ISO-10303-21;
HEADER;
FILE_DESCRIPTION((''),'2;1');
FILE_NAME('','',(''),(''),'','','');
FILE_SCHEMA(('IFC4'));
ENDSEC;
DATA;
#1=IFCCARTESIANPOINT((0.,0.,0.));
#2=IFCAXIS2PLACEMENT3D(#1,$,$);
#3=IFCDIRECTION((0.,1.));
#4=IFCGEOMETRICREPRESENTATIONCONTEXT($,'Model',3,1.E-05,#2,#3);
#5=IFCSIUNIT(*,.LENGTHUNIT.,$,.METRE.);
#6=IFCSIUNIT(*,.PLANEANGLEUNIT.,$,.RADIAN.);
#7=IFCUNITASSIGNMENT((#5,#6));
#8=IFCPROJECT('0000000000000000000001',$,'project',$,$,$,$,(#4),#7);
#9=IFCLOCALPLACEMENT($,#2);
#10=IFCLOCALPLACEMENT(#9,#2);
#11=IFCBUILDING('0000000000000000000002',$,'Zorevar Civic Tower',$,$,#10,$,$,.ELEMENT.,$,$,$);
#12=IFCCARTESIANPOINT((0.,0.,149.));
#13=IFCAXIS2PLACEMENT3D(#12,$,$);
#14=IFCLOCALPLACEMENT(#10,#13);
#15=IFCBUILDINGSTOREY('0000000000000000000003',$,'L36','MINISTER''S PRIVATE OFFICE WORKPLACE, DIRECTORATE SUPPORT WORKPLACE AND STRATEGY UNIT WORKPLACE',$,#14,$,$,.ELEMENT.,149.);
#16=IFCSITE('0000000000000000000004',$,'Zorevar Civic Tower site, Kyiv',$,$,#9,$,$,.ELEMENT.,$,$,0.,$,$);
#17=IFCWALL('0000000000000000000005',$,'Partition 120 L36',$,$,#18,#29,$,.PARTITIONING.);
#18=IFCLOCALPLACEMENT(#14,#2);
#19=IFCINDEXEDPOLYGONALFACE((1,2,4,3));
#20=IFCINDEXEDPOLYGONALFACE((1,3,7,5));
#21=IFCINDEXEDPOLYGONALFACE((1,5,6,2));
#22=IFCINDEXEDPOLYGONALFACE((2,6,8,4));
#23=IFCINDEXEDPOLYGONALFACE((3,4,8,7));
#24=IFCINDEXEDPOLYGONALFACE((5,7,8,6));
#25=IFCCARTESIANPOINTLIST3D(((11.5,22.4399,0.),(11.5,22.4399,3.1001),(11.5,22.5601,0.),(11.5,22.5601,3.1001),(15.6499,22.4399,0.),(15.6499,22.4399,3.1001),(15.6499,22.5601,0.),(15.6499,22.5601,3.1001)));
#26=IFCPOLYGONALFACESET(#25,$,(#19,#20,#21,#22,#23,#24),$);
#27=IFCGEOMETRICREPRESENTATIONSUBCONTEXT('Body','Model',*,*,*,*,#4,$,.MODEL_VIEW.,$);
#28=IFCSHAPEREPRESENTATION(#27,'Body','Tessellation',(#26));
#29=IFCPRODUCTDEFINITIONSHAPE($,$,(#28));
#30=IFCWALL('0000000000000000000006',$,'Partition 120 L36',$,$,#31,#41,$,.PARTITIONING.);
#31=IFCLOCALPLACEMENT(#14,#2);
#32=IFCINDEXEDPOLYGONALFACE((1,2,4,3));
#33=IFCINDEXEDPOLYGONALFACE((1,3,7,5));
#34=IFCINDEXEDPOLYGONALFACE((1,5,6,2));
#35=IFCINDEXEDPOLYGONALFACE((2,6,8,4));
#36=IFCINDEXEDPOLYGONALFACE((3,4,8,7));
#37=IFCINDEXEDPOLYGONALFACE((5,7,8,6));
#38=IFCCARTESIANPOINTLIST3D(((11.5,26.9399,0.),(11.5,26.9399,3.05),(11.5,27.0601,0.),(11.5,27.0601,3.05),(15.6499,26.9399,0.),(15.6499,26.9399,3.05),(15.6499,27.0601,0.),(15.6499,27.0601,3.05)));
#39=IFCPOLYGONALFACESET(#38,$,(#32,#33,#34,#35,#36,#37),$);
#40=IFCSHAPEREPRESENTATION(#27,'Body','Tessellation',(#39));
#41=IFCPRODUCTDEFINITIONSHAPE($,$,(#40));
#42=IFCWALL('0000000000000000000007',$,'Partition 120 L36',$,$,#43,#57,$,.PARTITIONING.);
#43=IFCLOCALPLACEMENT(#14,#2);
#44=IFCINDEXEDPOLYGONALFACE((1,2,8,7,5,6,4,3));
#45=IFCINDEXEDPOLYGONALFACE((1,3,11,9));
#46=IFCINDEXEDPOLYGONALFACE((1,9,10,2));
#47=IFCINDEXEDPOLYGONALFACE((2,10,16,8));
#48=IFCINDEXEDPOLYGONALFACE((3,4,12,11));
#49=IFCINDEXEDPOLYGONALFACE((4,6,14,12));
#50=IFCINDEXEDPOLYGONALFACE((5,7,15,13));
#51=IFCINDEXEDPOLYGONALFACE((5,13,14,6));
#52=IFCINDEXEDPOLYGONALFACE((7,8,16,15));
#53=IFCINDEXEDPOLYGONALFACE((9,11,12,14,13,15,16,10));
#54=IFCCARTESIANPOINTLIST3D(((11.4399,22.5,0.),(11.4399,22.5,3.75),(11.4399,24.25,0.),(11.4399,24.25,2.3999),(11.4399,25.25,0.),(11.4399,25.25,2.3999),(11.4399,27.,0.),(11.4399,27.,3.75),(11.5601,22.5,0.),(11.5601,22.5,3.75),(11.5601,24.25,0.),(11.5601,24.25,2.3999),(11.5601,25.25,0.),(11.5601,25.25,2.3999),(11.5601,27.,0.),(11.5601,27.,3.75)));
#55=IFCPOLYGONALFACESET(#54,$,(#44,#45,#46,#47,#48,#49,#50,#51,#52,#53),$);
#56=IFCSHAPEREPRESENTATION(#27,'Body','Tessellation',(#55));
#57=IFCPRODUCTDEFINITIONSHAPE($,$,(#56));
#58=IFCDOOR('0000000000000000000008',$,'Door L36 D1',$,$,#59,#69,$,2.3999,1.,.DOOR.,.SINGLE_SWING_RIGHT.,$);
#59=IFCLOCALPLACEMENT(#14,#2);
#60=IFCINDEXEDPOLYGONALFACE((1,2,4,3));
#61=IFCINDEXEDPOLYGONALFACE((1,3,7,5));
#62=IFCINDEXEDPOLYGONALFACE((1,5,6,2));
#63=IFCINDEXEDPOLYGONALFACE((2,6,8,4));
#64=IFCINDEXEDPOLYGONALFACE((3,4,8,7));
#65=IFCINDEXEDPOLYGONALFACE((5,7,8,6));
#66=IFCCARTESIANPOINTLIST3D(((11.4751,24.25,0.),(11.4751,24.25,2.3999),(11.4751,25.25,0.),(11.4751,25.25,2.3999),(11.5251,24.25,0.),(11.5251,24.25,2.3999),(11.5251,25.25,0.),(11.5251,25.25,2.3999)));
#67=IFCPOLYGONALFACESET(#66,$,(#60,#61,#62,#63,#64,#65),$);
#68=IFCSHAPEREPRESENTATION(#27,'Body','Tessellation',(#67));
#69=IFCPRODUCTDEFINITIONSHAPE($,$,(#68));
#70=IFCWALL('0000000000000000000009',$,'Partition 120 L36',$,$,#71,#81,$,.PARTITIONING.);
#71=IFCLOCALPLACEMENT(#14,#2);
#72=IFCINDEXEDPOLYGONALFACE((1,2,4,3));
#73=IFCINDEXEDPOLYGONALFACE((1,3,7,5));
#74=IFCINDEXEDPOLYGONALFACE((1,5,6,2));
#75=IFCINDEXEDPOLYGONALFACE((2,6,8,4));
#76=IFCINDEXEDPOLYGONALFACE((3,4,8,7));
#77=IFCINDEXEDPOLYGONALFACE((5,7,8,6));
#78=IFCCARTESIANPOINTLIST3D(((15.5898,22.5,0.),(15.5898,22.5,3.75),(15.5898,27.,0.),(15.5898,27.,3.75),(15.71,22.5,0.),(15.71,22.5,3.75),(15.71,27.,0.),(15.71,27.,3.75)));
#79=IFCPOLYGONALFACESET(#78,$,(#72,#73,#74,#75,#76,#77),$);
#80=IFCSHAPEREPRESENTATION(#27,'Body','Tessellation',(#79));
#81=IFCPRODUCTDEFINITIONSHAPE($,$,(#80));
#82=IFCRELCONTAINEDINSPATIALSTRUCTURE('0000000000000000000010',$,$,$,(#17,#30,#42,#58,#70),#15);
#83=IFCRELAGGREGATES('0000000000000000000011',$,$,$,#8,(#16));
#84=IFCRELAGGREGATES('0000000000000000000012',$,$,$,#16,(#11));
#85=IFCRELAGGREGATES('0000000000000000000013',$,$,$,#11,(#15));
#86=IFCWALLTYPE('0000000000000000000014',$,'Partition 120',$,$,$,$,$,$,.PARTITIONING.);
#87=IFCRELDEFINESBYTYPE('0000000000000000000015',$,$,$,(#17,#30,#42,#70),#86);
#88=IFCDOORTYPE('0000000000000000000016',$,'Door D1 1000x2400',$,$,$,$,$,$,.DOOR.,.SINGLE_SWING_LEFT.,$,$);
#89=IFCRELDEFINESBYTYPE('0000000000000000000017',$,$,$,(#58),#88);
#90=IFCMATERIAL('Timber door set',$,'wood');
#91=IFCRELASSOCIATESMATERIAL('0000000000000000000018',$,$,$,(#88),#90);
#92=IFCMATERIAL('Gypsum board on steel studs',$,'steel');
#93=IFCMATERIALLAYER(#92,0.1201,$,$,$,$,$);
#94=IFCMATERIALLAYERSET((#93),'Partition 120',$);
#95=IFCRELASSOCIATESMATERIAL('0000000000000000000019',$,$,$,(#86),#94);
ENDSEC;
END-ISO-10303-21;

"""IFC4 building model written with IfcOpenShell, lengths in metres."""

from ifc_helpers import new_model, si_unit, direction, frame, frame_2d, origin, place, context, subcontext, project, spatial, rectangle, extrude, material, layer, layer_set, type_object, element, fill, save


model = new_model("IFC4")

# Units and contexts
model_context = context("Model", 3, precision=1e-05, world=origin(), true_north=direction((0.0, 1.0)))
body_context = subcontext(model_context, "Body", "Model", "MODEL_VIEW")
ifc_project = project(units=[si_unit("LENGTHUNIT", "METRE"), si_unit("PLANEANGLEUNIT", "RADIAN")], contexts=[model_context])

# Site, building, storey
site_placement = place(None, origin())
site = spatial("IfcSite", under=ifc_project, at=site_placement, Name="Zorevar Civic Tower site, Kyiv", CompositionType="ELEMENT", RefElevation=0.0)
building_placement = place(site_placement, origin())
building = spatial("IfcBuilding", under=site, at=building_placement, Name="Zorevar Civic Tower", CompositionType="ELEMENT")
storey_placement = place(building_placement, frame((0.0, 0.0, 149.0)))
storey = spatial("IfcBuildingStorey", under=building, at=storey_placement, Name="L36", Description="MINISTER'S PRIVATE OFFICE WORKPLACE, DIRECTORATE SUPPORT WORKPLACE AND STRATEGY UNIT WORKPLACE", CompositionType="ELEMENT", Elevation=149.0)

# Shared definitions
ifc_material_1 = material(Name="Timber door set", Category="wood")
door_type_1 = type_object("IfcDoorType", Name="Door D1 1000x2400", OperationType="SINGLE_SWING_LEFT", PredefinedType="DOOR", material=ifc_material_1)

# Walls
ifc_material_2 = material(Name="Gypsum board on steel studs", Category="steel")
ifc_layer_1 = layer(ifc_material_2, 0.1201)
ifc_layer_set_1 = layer_set([ifc_layer_1], Name="Partition 120")
wall_type_1 = type_object("IfcWallType", Name="Partition 120", PredefinedType="PARTITIONING", material=ifc_layer_set_1)
wall_1_placement = place(storey_placement, frame((11.5, 22.5, 0.0), z_axis=(0.0, 0.0, 1.0), x_axis=(1.0, 0.0, 0.0)))
element("IfcWall", 1, at=wall_1_placement, inside=storey, type_object=wall_type_1, Name="Partition 120 L36", PredefinedType="PARTITIONING", context=body_context, shape_type="SweptSolid", body=[
    extrude(rectangle(XDim=4.1499, YDim=0.1201, at=frame_2d((2.075, 0.0))), origin(), (0.0, 0.0, 1.0), 3.1001),
])
wall_2_placement = place(storey_placement, frame((11.5, 27.0, 0.0), z_axis=(0.0, 0.0, 1.0), x_axis=(1.0, 0.0, 0.0)))
element("IfcWall", 2, at=wall_2_placement, inside=storey, type_object=wall_type_1, Name="Partition 120 L36", PredefinedType="PARTITIONING", context=body_context, shape_type="SweptSolid", body=[
    extrude(rectangle(XDim=4.1499, YDim=0.1201, at=frame_2d((2.075, 0.0))), origin(), (0.0, 0.0, 1.0), 3.05),
])

# Wall, opening, door
wall_3_placement = place(storey_placement, frame((11.5, 22.5, 0.0), z_axis=(0.0, 0.0, 1.0), x_axis=(0.0, 1.0, 0.0)))
wall_3 = element("IfcWall", 3, at=wall_3_placement, inside=storey, type_object=wall_type_1, Name="Partition 120 L36", PredefinedType="PARTITIONING", context=body_context, shape_type="SweptSolid", body=[
    extrude(rectangle(XDim=4.5, YDim=0.1201, at=frame_2d((2.25, 0.0))), origin(), (0.0, 0.0, 1.0), 3.75),
])
opening_1_placement = place(wall_3_placement, frame((1.75, 0.0, 0.0)))
opening_1 = element("IfcOpeningElement", 4, at=opening_1_placement, cuts=wall_3, PredefinedType="OPENING", context=body_context, shape_type="SweptSolid", body=[
    extrude(rectangle(XDim=1.0, YDim=2.3999, at=frame_2d((0.5, 1.2))), frame((0.0, 0.0701, 0.0), z_axis=(0.0, -1.0, 0.0), x_axis=(1.0, 0.0, 0.0)), (0.0, 0.0, 1.0), 0.1401),
])
door_1_placement = place(opening_1_placement, origin())
door_1 = element("IfcDoor", 5, at=door_1_placement, inside=storey, type_object=door_type_1, Name="Door L36 D1", OperationType="SINGLE_SWING_RIGHT", OverallHeight=2.3999, OverallWidth=1.0, PredefinedType="DOOR", context=body_context, shape_type="SweptSolid", body=[
    extrude(rectangle(XDim=1.0, YDim=2.3999, at=frame_2d((0.5, 1.2))), frame((0.0, 0.0249, 0.0), z_axis=(0.0, -1.0, 0.0), x_axis=(1.0, 0.0, 0.0)), (0.0, 0.0, 1.0), 0.05),
])
fill(opening_1, door_1)

# Wall
wall_4_placement = place(storey_placement, frame((15.6499, 22.5, 0.0), z_axis=(0.0, 0.0, 1.0), x_axis=(0.0, 1.0, 0.0)))
element("IfcWall", 6, at=wall_4_placement, inside=storey, type_object=wall_type_1, Name="Partition 120 L36", PredefinedType="PARTITIONING", context=body_context, shape_type="SweptSolid", body=[
    extrude(rectangle(XDim=4.5, YDim=0.1201, at=frame_2d((2.25, 0.0))), origin(), (0.0, 0.0, 1.0), 3.75),
])

save(model, "model.ifc")
